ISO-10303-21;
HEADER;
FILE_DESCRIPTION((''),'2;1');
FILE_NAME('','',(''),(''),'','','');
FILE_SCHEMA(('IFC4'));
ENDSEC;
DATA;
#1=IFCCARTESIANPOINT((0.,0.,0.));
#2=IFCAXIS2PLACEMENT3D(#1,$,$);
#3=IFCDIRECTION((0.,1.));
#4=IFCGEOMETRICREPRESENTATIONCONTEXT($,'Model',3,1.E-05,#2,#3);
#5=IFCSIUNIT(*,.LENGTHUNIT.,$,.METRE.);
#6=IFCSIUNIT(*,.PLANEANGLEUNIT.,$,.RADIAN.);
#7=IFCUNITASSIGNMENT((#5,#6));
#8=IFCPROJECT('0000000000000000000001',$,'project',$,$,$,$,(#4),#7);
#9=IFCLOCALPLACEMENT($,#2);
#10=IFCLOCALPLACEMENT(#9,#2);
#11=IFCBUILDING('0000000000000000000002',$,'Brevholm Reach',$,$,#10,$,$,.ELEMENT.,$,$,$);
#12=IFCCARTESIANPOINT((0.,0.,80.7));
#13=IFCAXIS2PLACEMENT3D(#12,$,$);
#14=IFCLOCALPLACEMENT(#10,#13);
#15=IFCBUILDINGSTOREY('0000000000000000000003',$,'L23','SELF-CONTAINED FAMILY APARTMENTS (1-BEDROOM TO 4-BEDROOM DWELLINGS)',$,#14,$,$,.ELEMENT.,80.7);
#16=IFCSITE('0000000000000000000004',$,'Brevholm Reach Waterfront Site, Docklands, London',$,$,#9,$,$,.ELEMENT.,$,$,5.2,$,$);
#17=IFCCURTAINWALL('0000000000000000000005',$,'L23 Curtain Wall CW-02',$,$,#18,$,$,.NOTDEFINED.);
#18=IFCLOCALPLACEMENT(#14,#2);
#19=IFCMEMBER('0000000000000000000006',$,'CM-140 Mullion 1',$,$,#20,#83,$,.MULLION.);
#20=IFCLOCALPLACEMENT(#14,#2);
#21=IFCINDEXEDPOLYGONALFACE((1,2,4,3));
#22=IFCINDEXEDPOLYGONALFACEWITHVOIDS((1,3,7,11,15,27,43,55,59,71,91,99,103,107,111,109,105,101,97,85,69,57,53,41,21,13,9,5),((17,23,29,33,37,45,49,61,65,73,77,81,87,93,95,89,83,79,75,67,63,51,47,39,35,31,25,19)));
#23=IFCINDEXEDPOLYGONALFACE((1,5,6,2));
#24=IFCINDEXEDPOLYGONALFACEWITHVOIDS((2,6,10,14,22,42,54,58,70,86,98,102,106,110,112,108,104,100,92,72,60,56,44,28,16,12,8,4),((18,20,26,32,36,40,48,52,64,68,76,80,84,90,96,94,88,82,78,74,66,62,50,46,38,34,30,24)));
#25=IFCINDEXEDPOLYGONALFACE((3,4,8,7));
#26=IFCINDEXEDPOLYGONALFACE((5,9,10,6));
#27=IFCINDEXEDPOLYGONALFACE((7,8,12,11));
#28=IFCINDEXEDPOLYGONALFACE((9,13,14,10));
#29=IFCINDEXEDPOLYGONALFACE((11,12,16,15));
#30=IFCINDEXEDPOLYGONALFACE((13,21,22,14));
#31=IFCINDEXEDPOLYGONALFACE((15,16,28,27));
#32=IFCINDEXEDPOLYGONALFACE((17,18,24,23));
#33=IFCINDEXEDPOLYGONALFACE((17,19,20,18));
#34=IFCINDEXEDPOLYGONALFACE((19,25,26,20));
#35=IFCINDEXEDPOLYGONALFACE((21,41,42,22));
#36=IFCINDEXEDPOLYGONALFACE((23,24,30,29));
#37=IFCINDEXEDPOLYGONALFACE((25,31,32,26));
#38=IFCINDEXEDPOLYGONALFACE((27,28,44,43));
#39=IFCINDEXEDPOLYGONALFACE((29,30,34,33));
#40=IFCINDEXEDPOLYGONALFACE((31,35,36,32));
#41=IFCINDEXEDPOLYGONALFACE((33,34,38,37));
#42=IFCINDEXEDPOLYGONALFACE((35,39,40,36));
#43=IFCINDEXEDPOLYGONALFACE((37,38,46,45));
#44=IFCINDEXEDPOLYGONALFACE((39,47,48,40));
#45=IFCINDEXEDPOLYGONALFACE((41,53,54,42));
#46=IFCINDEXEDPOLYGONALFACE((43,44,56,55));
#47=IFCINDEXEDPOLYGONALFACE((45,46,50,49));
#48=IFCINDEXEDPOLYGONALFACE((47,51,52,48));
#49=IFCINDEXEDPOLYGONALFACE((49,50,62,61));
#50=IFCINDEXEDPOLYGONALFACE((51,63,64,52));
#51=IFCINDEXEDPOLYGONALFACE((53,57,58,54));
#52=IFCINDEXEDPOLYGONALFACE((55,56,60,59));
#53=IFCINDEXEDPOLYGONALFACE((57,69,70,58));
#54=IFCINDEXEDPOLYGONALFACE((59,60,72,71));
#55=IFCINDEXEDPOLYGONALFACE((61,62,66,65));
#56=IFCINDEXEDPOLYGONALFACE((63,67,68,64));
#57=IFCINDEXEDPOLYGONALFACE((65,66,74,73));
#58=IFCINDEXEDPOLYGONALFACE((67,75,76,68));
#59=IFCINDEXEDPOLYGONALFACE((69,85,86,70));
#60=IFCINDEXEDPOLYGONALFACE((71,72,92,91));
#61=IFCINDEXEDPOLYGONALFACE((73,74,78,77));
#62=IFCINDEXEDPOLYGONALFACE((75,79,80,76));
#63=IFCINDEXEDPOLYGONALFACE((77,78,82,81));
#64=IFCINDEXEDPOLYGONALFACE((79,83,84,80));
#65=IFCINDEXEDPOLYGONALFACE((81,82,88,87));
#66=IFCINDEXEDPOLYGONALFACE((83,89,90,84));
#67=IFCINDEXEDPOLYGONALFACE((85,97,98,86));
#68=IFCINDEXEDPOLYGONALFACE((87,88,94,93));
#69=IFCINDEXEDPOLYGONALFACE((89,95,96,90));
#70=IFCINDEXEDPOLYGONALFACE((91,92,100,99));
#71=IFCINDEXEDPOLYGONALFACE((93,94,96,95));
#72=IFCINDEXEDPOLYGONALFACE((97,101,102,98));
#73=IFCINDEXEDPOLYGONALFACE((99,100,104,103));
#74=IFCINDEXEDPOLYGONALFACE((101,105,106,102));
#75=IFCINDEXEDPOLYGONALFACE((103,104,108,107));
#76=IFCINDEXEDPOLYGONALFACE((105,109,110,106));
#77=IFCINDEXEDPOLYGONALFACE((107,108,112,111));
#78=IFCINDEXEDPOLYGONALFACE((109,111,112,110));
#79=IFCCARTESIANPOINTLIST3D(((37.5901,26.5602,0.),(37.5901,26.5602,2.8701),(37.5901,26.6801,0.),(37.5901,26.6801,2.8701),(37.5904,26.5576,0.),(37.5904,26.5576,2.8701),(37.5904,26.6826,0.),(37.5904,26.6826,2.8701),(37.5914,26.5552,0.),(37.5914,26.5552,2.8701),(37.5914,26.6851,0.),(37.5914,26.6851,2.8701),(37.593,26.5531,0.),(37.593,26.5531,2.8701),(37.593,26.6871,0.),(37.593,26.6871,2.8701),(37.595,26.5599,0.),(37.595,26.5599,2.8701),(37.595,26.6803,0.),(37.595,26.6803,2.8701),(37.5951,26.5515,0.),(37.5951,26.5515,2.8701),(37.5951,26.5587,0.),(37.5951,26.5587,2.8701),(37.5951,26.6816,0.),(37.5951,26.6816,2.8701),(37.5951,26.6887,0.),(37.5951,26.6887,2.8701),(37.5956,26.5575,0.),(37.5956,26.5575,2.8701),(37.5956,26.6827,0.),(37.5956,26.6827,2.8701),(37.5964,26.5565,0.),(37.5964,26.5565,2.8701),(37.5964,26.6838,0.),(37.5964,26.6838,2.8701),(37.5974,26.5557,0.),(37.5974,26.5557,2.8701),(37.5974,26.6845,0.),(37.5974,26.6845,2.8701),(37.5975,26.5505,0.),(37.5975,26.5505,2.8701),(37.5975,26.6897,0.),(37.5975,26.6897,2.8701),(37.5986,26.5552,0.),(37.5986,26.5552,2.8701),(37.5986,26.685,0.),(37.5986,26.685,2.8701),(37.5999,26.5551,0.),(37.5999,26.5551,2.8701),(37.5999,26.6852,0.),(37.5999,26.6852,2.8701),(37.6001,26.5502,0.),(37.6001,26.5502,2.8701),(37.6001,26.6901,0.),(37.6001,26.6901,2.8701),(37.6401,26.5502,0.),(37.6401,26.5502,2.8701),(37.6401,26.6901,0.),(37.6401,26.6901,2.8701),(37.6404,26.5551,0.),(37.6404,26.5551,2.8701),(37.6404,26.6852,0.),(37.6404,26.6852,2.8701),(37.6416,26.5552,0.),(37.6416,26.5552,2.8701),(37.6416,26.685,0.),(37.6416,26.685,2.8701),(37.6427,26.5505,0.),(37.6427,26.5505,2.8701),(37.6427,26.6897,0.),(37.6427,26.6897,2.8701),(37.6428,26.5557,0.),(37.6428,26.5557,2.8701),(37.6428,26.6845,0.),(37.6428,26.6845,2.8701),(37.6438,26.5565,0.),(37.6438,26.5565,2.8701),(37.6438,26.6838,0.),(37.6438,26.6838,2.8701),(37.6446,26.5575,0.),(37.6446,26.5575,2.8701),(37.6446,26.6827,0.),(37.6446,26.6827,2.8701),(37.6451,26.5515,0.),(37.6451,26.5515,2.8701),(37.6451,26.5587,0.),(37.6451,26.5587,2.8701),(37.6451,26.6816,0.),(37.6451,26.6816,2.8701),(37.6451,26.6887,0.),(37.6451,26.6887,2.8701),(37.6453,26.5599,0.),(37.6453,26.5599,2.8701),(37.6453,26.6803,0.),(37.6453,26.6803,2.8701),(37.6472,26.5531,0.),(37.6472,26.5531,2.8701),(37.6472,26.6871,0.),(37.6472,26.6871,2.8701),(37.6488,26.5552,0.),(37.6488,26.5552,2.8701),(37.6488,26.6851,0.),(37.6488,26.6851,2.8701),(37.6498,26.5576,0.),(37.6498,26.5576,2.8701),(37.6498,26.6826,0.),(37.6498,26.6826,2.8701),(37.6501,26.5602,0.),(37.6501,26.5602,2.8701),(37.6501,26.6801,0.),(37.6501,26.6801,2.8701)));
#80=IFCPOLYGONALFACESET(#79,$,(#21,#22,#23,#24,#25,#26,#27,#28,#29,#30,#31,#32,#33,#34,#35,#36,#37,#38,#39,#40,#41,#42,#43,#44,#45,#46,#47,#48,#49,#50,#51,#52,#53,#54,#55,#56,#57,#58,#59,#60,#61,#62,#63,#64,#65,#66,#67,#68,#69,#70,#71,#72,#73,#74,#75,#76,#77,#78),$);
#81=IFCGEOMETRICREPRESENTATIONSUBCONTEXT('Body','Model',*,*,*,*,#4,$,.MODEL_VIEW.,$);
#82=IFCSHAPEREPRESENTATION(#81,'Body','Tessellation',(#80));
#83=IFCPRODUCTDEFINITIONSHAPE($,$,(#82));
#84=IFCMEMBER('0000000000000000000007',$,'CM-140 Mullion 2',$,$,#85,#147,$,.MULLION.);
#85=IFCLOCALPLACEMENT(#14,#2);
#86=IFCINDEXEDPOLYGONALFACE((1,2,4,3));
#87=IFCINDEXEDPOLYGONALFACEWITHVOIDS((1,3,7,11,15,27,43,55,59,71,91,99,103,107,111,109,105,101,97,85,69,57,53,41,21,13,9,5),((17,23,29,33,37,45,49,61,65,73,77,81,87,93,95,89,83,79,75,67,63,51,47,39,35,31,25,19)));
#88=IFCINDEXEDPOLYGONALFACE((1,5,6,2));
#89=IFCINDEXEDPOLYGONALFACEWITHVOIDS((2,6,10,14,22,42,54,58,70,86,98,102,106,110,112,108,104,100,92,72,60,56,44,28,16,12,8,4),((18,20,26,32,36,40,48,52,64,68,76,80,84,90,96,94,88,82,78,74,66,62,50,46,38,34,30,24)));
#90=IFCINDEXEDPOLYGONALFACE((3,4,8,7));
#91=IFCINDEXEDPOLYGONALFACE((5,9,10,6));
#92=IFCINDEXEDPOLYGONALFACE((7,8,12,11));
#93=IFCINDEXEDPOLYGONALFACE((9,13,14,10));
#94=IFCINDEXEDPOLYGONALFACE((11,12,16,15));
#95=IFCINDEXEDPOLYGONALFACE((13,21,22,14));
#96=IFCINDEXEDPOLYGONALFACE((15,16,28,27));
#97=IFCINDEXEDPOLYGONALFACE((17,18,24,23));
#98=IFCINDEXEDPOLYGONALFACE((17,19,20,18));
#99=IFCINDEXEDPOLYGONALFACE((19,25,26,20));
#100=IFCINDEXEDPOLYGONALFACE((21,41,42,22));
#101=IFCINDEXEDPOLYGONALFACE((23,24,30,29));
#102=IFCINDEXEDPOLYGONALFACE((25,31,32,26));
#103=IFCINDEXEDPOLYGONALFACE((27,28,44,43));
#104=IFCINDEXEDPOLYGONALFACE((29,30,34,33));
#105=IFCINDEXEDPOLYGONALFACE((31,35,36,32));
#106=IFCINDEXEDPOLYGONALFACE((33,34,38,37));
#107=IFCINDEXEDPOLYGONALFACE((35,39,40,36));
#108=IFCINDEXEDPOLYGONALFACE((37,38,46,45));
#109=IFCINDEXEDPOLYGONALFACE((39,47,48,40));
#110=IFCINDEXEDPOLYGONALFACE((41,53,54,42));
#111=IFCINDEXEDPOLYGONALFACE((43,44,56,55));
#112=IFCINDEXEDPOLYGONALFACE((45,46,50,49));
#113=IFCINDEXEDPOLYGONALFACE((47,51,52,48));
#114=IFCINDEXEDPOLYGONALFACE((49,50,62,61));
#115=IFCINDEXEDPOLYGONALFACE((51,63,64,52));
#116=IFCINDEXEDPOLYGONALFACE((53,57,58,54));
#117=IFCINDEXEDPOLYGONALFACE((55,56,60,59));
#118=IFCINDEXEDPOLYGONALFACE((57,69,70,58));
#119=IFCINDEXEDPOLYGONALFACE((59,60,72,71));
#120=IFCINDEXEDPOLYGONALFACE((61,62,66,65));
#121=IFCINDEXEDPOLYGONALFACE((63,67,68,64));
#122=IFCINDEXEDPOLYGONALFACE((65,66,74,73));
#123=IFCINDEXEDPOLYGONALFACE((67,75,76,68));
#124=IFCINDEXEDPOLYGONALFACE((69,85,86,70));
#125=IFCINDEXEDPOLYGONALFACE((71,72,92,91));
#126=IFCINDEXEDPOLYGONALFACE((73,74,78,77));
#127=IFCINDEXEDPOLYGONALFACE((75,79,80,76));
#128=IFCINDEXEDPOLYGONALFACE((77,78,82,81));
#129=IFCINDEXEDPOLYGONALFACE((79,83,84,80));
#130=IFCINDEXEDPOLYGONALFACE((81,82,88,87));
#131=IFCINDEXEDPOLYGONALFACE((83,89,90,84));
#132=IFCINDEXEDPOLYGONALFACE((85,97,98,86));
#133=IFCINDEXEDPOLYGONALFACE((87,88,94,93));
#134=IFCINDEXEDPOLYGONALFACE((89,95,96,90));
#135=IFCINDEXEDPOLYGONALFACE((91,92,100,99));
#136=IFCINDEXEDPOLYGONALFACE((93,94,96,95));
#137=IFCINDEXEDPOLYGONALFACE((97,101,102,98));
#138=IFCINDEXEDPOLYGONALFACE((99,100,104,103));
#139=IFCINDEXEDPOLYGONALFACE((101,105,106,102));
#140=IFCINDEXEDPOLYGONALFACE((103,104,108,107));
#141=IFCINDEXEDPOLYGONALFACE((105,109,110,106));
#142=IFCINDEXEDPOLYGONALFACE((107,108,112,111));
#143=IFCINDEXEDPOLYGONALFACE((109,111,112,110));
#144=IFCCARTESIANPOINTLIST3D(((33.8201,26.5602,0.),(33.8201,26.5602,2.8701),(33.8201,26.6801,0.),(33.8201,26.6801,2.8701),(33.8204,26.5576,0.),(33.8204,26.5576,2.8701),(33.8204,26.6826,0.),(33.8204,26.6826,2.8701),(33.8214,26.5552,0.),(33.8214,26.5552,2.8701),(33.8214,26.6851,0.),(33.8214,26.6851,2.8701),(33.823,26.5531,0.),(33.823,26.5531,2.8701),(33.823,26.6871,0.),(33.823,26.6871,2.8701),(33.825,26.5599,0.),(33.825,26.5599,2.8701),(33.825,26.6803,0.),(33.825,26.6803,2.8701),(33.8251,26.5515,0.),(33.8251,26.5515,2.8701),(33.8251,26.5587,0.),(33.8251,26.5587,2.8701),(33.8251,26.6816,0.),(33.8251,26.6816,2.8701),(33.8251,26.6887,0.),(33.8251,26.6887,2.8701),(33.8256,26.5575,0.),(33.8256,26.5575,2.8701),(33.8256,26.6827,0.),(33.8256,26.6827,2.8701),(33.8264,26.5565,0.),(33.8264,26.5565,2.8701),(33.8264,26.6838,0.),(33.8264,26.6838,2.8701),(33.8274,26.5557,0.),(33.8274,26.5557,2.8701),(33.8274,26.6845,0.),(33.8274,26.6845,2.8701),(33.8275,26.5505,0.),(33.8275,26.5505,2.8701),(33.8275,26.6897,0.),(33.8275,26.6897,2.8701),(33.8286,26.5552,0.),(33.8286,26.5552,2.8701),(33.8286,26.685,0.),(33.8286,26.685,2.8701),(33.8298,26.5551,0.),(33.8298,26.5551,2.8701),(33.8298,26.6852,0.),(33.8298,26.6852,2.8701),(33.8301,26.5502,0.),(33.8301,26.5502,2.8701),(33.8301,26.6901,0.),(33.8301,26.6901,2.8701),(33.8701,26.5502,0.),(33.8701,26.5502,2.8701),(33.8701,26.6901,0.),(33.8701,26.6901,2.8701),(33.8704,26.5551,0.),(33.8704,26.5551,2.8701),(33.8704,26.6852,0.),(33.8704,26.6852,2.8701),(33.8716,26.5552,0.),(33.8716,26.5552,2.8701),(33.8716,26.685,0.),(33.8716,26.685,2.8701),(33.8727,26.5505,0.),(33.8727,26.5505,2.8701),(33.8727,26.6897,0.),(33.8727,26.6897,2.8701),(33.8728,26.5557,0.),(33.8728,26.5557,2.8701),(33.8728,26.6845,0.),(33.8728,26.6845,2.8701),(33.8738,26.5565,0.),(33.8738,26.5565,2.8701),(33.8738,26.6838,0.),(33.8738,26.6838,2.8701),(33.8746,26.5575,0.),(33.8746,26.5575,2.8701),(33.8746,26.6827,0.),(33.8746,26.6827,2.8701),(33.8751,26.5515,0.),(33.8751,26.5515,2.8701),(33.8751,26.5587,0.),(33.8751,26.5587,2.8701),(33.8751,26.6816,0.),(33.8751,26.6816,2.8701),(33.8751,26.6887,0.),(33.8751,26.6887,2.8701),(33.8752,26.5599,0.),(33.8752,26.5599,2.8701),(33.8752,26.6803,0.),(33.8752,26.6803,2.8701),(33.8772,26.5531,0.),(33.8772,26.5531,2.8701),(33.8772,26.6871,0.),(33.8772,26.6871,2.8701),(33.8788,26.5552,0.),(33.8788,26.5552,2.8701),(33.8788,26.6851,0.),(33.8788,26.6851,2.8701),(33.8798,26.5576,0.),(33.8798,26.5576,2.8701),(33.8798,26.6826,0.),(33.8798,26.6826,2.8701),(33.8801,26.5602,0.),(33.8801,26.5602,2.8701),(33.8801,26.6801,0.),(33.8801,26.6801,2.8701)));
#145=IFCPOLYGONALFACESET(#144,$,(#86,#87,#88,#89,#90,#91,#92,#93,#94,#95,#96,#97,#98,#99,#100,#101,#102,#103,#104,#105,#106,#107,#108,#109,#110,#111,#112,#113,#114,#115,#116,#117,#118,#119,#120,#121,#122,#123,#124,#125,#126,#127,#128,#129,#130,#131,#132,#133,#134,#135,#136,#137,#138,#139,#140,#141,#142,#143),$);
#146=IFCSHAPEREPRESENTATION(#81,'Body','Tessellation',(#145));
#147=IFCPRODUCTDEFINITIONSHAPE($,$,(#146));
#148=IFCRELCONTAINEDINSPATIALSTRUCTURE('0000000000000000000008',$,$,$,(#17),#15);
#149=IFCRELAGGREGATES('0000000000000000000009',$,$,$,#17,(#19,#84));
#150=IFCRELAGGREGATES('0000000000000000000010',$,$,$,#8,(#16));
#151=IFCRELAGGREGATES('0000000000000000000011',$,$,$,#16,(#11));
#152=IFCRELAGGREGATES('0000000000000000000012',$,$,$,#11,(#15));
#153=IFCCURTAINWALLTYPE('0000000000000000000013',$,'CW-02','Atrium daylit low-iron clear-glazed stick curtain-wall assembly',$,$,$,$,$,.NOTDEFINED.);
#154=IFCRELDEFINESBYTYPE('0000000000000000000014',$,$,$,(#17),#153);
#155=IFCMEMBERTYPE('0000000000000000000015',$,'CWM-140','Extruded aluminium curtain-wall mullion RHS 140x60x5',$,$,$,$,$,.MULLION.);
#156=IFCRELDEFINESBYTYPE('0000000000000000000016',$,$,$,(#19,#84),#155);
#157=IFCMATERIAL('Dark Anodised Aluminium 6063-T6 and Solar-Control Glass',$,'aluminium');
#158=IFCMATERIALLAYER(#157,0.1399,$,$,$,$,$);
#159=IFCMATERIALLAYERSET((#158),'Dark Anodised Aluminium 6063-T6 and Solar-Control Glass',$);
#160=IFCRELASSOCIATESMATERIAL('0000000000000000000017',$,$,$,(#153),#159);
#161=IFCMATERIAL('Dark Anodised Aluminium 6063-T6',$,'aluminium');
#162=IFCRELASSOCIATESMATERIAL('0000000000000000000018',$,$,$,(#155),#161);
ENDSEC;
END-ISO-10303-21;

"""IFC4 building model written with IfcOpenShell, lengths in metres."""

from ifc_helpers import new_model, si_unit, direction, frame, origin, origin_2d, place, context, subcontext, project, spatial, hollow_rectangle, extrude, material, layer, layer_set, material_profile, profile_set, type_object, element, aggregate, save


model = new_model("IFC4")

# Units and contexts
model_context = context("Model", 3, precision=1e-05, world=origin(), true_north=direction((0.0, 1.0)))
body_context = subcontext(model_context, "Body", "Model", "MODEL_VIEW")
ifc_project = project(units=[si_unit("LENGTHUNIT", "METRE"), si_unit("PLANEANGLEUNIT", "RADIAN")], contexts=[model_context])

# Site, building, storey
site_placement = place(None, origin())
site = spatial("IfcSite", under=ifc_project, at=site_placement, Name="Brevholm Reach Waterfront Site, Docklands, London", CompositionType="ELEMENT", RefElevation=5.2)
building_placement = place(site_placement, origin())
building = spatial("IfcBuilding", under=site, at=building_placement, Name="Brevholm Reach", CompositionType="ELEMENT")
storey_placement = place(building_placement, frame((0.0, 0.0, 80.7)))
storey = spatial("IfcBuildingStorey", under=building, at=storey_placement, Name="L23", Description="SELF-CONTAINED FAMILY APARTMENTS (1-BEDROOM TO 4-BEDROOM DWELLINGS)", CompositionType="ELEMENT", Elevation=80.7)

# Curtain wall, members
ifc_material_1 = material(Name="Dark Anodised Aluminium 6063-T6 and Solar-Control Glass", Category="aluminium")
ifc_layer_1 = layer(ifc_material_1, 0.1399)
ifc_layer_set_1 = layer_set([ifc_layer_1], Name="Dark Anodised Aluminium 6063-T6 and Solar-Control Glass")
curtain_wall_type_1 = type_object("IfcCurtainWallType", Name="CW-02", Description="Atrium daylit low-iron clear-glazed stick curtain-wall assembly", PredefinedType="NOTDEFINED", material=ifc_layer_set_1)
curtain_wall_1_placement = place(storey_placement, origin())
curtain_wall_1 = element("IfcCurtainWall", 1, at=curtain_wall_1_placement, inside=storey, type_object=curtain_wall_type_1, Name="L23 Curtain Wall CW-02", PredefinedType="NOTDEFINED")
ifc_material_2 = material(Name="Dark Anodised Aluminium 6063-T6", Category="aluminium")
ifc_material_profile_1 = material_profile(ifc_material_2, hollow_rectangle(XDim=0.0601, YDim=0.1399, WallThickness=0.0049, InnerFilletRadius=0.0049, OuterFilletRadius=0.01, at=origin_2d()), Name="RHS 140x60x5")
ifc_profile_set_1 = profile_set([ifc_material_profile_1], Name="Dark Anodised Aluminium 6063-T6")
member_type_1 = type_object("IfcMemberType", Name="CWM-140", Description="Extruded aluminium curtain-wall mullion RHS 140x60x5", PredefinedType="MULLION", material=ifc_profile_set_1)
member_1_placement = place(storey_placement, frame((37.6201, 26.6201, 0.0), z_axis=(0.0, 0.0, 1.0), x_axis=(-1.0, 0.0, 0.0)))
member_1 = element("IfcMember", 2, at=member_1_placement, type_object=member_type_1, Name="CM-140 Mullion 1", PredefinedType="MULLION", context=body_context, shape_type="SweptSolid", body=[
    extrude(hollow_rectangle(XDim=0.0601, YDim=0.1399, WallThickness=0.0049, InnerFilletRadius=0.0049, OuterFilletRadius=0.01, at=origin_2d()), origin(), (0.0, 0.0, 1.0), 2.8701),
])
member_2_placement = place(storey_placement, frame((33.8501, 26.6201, 0.0), z_axis=(0.0, 0.0, 1.0), x_axis=(-1.0, 0.0, 0.0)))
member_2 = element("IfcMember", 3, at=member_2_placement, type_object=member_type_1, Name="CM-140 Mullion 2", PredefinedType="MULLION", context=body_context, shape_type="SweptSolid", body=[
    extrude(hollow_rectangle(XDim=0.0601, YDim=0.1399, WallThickness=0.0049, InnerFilletRadius=0.0049, OuterFilletRadius=0.01, at=origin_2d()), origin(), (0.0, 0.0, 1.0), 2.8701),
])

aggregate(curtain_wall_1, [member_1, member_2])

save(model, "model.ifc")
